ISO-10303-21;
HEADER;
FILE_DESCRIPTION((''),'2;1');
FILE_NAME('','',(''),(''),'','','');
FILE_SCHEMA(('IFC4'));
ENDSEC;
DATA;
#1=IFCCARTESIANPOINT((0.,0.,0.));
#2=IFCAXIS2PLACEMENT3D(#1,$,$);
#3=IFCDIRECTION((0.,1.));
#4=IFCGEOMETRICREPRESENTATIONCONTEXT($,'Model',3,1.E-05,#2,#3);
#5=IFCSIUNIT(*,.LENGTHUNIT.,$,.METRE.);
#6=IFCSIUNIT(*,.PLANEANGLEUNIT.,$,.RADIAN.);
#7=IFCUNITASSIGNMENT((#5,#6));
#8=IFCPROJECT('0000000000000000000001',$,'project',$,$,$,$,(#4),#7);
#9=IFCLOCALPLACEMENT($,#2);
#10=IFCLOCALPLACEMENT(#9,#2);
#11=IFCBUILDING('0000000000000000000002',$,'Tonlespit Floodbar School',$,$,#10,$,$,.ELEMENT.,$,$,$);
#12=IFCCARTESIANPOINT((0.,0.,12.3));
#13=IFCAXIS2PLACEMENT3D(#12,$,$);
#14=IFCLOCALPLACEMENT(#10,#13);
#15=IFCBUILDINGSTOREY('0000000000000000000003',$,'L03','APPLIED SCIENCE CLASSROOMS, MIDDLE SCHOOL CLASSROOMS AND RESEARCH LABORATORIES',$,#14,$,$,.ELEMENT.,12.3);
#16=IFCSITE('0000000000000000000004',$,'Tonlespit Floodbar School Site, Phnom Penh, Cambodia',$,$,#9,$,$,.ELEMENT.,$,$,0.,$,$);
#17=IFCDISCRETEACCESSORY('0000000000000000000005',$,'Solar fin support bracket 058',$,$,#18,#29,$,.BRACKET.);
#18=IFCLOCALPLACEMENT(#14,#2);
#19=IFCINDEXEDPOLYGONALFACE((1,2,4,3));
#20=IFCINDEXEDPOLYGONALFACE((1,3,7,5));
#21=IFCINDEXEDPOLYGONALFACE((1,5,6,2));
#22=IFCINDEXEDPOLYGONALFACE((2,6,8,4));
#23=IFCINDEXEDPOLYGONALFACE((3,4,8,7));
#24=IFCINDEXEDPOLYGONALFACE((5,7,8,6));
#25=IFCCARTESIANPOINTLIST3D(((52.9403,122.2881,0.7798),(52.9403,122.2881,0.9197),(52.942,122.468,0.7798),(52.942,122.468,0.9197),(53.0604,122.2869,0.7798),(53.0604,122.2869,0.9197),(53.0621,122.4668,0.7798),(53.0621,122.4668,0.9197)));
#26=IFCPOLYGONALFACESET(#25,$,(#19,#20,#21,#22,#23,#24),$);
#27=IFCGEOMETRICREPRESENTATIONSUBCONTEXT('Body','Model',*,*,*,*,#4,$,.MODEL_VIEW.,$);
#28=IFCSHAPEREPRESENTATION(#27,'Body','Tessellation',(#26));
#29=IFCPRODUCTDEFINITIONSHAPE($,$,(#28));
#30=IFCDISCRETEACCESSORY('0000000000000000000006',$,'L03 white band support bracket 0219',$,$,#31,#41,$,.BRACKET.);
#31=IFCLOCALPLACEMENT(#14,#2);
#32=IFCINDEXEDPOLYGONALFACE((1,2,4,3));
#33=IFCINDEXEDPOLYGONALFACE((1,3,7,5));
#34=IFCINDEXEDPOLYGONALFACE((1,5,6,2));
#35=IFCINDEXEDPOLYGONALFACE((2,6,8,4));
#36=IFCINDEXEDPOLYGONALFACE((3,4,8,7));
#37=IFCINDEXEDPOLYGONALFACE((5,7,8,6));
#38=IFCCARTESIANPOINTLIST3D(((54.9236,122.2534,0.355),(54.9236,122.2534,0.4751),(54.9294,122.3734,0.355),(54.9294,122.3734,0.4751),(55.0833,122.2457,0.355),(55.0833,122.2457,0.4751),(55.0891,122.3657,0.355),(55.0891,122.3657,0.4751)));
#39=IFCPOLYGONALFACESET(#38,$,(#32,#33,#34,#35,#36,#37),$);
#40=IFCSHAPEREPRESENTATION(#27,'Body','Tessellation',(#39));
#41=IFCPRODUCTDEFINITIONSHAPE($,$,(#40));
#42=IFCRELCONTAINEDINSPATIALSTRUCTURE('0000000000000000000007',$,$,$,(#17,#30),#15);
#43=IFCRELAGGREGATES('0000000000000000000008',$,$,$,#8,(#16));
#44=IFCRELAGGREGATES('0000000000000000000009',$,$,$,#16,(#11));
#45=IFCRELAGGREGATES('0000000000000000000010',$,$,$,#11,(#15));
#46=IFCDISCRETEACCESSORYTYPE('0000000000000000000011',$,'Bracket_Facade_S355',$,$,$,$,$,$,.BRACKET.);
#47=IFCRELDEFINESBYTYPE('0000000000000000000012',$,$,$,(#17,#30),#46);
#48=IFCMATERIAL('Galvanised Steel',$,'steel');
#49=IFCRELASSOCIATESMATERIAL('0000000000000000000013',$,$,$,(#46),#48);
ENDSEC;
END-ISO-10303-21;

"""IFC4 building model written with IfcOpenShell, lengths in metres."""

from ifc_helpers import new_model, si_unit, direction, frame, origin, origin_2d, place, context, subcontext, project, spatial, rectangle, extrude, material, type_object, element, save


model = new_model("IFC4")

# Units and contexts
model_context = context("Model", 3, precision=1e-05, world=origin(), true_north=direction((0.0, 1.0)))
body_context = subcontext(model_context, "Body", "Model", "MODEL_VIEW")
ifc_project = project(units=[si_unit("LENGTHUNIT", "METRE"), si_unit("PLANEANGLEUNIT", "RADIAN")], contexts=[model_context])

# Site, building, storey
site_placement = place(None, origin())
site = spatial("IfcSite", under=ifc_project, at=site_placement, Name="Tonlespit Floodbar School Site, Phnom Penh, Cambodia", CompositionType="ELEMENT", RefElevation=0.0)
building_placement = place(site_placement, origin())
building = spatial("IfcBuilding", under=site, at=building_placement, Name="Tonlespit Floodbar School", CompositionType="ELEMENT")
storey_placement = place(building_placement, frame((0.0, 0.0, 12.3)))
storey = spatial("IfcBuildingStorey", under=building, at=storey_placement, Name="L03", Description="APPLIED SCIENCE CLASSROOMS, MIDDLE SCHOOL CLASSROOMS AND RESEARCH LABORATORIES", CompositionType="ELEMENT", Elevation=12.3)

# Discrete accessories
ifc_material_1 = material(Name="Galvanised Steel", Category="steel")
discrete_accessory_type = type_object("IfcDiscreteAccessoryType", Name="Bracket_Facade_S355", PredefinedType="BRACKET", material=ifc_material_1)
discrete_accessory_1_placement = place(storey_placement, frame((53.0012, 122.3774, 0.7798), z_axis=(0.0, 0.0, 1.0), x_axis=(0.999954, -0.009599, 0.0)))
element("IfcDiscreteAccessory", 1, at=discrete_accessory_1_placement, inside=storey, type_object=discrete_accessory_type, Name="Solar fin support bracket 058", PredefinedType="BRACKET", context=body_context, shape_type="SweptSolid", body=[
    extrude(rectangle(XDim=0.1201, YDim=0.1799, at=origin_2d()), origin(), (0.0, 0.0, 1.0), 0.1399),
])
discrete_accessory_2_placement = place(storey_placement, frame((55.0063, 122.3096, 0.355), z_axis=(0.0, 0.0, 1.0), x_axis=(0.998843, -0.048095, 0.0)))
element("IfcDiscreteAccessory", 2, at=discrete_accessory_2_placement, inside=storey, type_object=discrete_accessory_type, Name="L03 white band support bracket 0219", PredefinedType="BRACKET", context=body_context, shape_type="SweptSolid", body=[
    extrude(rectangle(XDim=0.1599, YDim=0.1201, at=origin_2d()), origin(), (0.0, 0.0, 1.0), 0.1201),
])

save(model, "model.ifc")
